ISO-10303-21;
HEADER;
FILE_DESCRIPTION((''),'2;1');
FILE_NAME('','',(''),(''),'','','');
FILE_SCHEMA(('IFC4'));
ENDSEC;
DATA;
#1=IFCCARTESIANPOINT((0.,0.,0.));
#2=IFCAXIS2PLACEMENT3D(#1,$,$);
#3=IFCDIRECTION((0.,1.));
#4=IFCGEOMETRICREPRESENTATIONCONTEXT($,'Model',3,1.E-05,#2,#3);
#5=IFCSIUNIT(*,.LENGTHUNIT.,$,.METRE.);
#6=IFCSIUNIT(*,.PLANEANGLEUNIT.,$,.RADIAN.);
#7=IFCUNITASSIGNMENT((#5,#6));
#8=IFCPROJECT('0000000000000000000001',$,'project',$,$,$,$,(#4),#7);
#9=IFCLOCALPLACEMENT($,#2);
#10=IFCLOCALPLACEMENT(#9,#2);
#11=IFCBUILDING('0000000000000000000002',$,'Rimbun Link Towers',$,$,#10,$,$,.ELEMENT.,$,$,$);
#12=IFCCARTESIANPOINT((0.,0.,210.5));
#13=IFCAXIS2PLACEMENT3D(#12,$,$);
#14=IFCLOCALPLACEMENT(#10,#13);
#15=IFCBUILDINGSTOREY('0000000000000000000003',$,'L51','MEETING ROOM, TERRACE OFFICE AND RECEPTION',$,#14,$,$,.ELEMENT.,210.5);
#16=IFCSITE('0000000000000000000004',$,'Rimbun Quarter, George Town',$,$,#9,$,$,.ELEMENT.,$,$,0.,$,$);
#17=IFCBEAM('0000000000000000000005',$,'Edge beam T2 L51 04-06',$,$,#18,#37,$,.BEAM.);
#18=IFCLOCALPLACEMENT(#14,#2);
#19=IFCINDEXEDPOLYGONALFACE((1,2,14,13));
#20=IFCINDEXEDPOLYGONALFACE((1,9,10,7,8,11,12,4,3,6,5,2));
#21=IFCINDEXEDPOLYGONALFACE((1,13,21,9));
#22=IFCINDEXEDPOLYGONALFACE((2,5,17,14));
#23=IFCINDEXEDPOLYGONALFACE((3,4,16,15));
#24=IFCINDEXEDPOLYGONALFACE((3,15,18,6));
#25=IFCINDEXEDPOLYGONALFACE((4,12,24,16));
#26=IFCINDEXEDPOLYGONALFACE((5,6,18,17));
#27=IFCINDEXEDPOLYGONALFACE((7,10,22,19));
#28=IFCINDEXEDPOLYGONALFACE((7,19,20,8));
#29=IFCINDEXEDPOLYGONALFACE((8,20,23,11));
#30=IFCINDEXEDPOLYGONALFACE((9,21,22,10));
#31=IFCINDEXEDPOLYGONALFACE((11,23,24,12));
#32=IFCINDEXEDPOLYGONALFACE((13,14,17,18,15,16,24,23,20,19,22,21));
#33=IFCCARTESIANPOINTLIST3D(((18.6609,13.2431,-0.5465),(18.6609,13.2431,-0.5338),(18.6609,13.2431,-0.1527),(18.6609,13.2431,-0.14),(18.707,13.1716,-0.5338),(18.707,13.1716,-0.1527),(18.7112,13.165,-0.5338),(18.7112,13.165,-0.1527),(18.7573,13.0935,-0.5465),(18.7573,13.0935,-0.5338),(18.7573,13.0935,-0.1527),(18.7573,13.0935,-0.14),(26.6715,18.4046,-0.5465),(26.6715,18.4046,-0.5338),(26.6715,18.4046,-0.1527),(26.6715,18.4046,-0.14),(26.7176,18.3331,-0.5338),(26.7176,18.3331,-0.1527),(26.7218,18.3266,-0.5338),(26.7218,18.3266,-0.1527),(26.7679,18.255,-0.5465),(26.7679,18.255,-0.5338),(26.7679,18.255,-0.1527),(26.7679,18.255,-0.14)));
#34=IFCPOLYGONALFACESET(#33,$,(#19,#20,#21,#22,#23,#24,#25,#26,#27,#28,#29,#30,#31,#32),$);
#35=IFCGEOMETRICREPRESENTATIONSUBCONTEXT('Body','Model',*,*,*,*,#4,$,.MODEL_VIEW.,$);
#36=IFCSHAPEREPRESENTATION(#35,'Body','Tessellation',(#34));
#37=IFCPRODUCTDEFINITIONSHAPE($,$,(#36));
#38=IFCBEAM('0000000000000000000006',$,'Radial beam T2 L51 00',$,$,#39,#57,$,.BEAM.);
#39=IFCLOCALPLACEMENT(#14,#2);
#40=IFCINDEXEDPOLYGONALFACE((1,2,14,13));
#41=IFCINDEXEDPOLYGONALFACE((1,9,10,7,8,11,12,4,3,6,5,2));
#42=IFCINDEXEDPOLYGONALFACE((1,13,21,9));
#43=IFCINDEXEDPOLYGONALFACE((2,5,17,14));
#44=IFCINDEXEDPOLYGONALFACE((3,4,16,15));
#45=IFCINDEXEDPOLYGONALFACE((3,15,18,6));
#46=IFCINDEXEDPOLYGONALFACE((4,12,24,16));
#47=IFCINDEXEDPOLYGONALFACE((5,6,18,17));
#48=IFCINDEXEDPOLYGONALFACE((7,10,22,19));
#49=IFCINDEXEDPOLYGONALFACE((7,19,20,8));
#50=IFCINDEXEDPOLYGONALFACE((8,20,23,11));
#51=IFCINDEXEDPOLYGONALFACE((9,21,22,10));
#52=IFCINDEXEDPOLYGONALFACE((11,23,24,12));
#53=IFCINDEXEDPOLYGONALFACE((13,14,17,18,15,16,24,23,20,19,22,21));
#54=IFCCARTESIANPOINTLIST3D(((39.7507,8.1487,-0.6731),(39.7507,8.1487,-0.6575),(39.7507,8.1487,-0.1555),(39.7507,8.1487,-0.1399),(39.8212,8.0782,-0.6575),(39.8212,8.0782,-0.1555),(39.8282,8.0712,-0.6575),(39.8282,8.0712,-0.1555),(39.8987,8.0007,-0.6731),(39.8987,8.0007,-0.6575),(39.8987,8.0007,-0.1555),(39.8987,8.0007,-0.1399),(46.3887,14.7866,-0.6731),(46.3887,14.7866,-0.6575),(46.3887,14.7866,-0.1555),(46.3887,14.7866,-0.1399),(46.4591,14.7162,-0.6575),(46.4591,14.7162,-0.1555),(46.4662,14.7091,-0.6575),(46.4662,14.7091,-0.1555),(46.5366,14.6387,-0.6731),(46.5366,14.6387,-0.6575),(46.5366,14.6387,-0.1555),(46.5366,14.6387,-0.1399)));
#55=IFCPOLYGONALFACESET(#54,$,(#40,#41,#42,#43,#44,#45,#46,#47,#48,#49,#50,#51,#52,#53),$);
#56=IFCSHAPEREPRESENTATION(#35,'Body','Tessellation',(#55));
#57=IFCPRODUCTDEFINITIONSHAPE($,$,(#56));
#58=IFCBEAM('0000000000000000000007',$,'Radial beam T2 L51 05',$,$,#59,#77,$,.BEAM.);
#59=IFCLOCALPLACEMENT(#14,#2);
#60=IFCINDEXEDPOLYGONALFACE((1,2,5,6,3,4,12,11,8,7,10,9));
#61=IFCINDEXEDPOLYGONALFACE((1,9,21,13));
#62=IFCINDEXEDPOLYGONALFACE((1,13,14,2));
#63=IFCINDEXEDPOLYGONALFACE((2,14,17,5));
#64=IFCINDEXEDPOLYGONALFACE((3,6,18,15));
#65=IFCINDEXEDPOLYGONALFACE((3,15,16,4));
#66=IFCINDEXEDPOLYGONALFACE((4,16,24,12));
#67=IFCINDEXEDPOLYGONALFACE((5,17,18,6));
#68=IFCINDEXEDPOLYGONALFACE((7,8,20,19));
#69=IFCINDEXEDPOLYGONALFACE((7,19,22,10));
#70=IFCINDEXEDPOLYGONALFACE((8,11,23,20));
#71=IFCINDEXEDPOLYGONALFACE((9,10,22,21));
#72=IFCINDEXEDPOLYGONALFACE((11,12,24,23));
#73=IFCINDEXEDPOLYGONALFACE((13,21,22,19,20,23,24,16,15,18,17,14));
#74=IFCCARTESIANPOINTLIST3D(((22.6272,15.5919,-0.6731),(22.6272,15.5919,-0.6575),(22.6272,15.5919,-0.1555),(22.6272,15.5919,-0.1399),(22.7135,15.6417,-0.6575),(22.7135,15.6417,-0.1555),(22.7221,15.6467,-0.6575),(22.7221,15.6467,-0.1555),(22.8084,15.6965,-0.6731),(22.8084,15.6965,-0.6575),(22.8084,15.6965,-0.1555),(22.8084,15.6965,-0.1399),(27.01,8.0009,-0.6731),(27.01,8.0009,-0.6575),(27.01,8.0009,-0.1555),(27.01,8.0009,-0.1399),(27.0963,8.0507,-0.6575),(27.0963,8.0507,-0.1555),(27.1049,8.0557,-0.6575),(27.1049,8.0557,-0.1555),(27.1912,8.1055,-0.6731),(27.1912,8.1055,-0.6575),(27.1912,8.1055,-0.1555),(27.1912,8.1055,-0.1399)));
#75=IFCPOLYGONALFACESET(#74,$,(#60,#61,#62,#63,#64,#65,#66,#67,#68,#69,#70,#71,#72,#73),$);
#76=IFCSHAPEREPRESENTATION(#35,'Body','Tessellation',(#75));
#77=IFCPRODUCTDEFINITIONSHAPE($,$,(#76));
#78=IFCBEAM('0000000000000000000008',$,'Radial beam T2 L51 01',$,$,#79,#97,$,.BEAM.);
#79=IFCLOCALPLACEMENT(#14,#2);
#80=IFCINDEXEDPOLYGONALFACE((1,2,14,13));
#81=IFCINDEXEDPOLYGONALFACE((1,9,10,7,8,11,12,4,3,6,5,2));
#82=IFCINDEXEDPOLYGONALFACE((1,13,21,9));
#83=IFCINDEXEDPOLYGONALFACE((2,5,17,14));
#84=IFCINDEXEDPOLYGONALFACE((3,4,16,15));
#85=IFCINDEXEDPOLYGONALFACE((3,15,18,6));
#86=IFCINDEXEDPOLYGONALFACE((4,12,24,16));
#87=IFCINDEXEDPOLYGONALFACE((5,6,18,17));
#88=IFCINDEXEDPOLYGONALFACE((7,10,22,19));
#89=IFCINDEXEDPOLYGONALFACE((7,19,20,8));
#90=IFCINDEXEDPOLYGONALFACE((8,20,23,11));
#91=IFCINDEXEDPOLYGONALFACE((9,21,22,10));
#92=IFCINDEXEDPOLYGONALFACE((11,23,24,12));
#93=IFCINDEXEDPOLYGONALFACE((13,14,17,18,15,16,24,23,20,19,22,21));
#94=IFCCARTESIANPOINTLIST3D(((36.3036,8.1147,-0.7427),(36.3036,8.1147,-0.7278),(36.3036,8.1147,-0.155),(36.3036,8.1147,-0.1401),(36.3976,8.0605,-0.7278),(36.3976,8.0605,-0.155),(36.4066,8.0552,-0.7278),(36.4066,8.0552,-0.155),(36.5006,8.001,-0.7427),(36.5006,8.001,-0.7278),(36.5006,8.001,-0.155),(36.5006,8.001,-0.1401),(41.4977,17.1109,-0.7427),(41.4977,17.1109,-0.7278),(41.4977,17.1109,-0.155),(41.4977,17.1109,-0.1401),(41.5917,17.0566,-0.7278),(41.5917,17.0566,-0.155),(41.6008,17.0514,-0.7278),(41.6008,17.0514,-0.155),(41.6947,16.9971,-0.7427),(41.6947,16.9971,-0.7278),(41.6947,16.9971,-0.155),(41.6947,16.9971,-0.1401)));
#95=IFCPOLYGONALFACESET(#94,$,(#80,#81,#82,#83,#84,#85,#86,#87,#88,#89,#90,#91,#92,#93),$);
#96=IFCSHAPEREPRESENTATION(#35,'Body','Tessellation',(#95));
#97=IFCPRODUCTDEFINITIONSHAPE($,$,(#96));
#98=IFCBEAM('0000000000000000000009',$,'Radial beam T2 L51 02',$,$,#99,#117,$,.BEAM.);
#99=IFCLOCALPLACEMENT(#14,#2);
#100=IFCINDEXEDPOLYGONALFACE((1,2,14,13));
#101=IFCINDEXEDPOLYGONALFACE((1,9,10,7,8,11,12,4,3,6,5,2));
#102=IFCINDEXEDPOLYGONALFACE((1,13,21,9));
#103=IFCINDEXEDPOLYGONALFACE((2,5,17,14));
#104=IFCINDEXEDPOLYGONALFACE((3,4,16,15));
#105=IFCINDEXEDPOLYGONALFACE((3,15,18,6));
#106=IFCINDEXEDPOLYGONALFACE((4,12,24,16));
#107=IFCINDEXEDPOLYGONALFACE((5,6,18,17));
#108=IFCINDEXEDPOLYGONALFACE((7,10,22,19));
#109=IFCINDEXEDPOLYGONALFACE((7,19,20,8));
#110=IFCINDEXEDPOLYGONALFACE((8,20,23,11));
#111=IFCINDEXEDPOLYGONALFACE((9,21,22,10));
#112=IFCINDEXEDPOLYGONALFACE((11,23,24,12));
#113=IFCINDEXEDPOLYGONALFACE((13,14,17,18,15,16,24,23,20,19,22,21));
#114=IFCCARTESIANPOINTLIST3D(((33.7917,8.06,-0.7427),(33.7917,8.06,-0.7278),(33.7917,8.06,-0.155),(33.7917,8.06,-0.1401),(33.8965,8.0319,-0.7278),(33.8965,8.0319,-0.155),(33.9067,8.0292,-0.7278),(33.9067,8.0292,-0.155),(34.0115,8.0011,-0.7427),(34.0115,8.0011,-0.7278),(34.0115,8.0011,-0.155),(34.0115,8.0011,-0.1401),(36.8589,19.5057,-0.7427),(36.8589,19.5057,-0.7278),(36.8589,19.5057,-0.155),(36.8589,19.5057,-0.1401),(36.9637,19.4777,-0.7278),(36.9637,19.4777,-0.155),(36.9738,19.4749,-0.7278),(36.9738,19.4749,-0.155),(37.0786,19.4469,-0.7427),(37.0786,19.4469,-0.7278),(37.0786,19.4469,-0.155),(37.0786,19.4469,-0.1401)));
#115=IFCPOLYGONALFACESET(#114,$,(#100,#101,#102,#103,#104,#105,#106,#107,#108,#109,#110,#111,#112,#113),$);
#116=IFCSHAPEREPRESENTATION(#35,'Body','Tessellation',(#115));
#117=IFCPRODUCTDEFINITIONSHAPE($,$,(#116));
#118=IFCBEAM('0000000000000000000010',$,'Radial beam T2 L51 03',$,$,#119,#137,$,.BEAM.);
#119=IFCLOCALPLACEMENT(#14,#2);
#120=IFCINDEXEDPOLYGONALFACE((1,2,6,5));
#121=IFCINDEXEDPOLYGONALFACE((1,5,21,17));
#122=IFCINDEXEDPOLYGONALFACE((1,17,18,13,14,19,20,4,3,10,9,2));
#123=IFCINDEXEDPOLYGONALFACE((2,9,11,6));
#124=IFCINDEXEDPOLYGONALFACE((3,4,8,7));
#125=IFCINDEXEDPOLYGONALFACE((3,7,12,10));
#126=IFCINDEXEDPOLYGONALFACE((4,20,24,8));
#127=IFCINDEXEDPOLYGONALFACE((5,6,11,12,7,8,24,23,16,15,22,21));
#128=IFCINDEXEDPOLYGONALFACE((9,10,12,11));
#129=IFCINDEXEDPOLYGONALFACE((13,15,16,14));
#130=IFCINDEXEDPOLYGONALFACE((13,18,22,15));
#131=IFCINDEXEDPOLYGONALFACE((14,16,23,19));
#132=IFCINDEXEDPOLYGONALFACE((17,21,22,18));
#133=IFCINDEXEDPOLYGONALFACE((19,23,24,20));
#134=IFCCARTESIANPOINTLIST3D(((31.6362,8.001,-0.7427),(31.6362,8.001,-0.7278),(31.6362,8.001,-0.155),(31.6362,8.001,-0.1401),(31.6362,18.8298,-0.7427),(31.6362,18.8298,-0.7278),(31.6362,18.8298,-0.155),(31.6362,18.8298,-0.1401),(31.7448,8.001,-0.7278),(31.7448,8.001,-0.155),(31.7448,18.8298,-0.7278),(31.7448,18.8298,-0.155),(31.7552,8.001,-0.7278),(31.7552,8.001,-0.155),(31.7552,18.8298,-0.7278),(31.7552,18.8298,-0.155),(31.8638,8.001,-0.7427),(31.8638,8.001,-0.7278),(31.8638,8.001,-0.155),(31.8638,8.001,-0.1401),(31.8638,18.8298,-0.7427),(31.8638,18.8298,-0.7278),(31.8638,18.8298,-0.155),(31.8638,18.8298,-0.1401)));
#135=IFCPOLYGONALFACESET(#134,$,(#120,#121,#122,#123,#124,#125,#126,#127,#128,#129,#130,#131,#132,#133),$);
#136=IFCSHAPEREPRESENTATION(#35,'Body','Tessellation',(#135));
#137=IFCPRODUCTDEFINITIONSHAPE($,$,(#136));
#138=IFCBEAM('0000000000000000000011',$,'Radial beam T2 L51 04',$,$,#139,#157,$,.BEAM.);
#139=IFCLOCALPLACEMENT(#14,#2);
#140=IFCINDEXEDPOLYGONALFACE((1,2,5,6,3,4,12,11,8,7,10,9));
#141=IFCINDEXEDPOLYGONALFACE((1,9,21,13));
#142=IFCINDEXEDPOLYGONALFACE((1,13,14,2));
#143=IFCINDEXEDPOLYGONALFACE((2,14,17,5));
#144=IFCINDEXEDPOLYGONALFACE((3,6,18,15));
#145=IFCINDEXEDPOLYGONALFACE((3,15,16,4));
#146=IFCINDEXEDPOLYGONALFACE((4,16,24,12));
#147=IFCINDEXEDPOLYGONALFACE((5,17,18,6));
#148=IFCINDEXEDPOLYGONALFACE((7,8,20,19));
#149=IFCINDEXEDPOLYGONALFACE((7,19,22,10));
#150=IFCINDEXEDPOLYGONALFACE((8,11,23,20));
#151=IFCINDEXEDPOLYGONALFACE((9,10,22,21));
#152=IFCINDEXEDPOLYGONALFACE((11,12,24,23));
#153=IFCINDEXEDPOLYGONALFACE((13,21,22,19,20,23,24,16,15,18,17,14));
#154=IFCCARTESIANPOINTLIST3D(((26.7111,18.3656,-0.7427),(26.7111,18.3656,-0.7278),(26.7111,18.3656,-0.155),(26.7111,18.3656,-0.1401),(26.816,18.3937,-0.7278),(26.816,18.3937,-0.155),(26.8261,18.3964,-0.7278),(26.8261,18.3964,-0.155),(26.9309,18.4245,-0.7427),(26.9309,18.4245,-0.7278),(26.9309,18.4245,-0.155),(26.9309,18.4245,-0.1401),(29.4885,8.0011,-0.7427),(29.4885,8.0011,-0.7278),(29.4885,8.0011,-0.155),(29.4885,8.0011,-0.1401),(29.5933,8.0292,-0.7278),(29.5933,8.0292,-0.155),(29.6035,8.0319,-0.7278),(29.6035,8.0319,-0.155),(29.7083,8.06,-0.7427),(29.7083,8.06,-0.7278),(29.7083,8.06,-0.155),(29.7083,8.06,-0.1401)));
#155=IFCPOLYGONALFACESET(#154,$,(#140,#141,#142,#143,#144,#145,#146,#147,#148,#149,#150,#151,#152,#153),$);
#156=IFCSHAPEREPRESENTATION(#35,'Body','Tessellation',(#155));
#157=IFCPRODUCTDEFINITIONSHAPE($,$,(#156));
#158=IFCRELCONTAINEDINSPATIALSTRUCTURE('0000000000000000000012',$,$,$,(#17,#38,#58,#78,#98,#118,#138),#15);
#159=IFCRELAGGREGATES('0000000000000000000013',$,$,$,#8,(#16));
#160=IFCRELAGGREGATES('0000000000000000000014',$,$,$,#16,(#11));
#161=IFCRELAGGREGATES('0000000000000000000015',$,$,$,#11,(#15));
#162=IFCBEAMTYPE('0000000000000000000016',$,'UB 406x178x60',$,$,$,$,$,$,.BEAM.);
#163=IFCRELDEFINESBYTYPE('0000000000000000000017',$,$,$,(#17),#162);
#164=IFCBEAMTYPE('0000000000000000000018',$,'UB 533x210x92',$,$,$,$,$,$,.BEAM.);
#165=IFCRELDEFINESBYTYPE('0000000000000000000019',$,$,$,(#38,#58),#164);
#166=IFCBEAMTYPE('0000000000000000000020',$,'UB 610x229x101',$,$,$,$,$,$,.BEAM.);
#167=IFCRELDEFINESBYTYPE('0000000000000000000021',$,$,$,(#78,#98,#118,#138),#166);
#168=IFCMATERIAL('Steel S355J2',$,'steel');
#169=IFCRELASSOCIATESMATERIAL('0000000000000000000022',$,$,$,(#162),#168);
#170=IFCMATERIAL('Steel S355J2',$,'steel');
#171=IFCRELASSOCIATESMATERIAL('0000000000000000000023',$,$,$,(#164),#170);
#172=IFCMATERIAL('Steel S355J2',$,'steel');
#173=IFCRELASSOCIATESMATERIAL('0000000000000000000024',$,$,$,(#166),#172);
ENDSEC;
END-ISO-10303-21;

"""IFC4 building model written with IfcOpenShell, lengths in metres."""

from ifc_helpers import new_model, si_unit, direction, frame, origin, origin_2d, place, context, subcontext, project, spatial, i_section, extrude, material, material_profile, profile_set, type_object, element, save


model = new_model("IFC4")

# Units and contexts
model_context = context("Model", 3, precision=1e-05, world=origin(), true_north=direction((0.0, 1.0)))
body_context = subcontext(model_context, "Body", "Model", "MODEL_VIEW")
ifc_project = project(units=[si_unit("LENGTHUNIT", "METRE"), si_unit("PLANEANGLEUNIT", "RADIAN")], contexts=[model_context])

# Site, building, storey
site_placement = place(None, origin())
site = spatial("IfcSite", under=ifc_project, at=site_placement, Name="Rimbun Quarter, George Town", CompositionType="ELEMENT", RefElevation=0.0)
building_placement = place(site_placement, origin())
building = spatial("IfcBuilding", under=site, at=building_placement, Name="Rimbun Link Towers", CompositionType="ELEMENT")
storey_placement = place(building_placement, frame((0.0, 0.0, 210.5)))
storey = spatial("IfcBuildingStorey", under=building, at=storey_placement, Name="L51", Description="MEETING ROOM, TERRACE OFFICE AND RECEPTION", CompositionType="ELEMENT", Elevation=210.5)

# Beams
ifc_material_1 = material(Name="Steel S355J2", Category="steel")
ifc_material_profile_1 = material_profile(ifc_material_1, i_section(OverallWidth=0.178, OverallDepth=0.4065, WebThickness=0.0078, FlangeThickness=0.0127, at=origin_2d()), Name="UB 406x178x60")
ifc_profile_set_1 = profile_set([ifc_material_profile_1], Name="Steel S355J2")
beam_type_1 = type_object("IfcBeamType", Name="UB 406x178x60", PredefinedType="BEAM", material=ifc_profile_set_1)
beam_1_placement = place(storey_placement, frame((26.7197, 18.3298, -0.3433), z_axis=(-0.840612, -0.541638, 0.0), x_axis=(0.541638, -0.840612, 0.0)))
element("IfcBeam", 1, at=beam_1_placement, inside=storey, type_object=beam_type_1, Name="Edge beam T2 L51 04-06", PredefinedType="BEAM", context=body_context, shape_type="SweptSolid", body=[
    extrude(i_section(OverallWidth=0.178, OverallDepth=0.4065, WebThickness=0.0078, FlangeThickness=0.0127, at=origin_2d()), origin(), (0.0, 0.0, 1.0), 9.5295),
])
ifc_material_2 = material(Name="Steel S355J2", Category="steel")
ifc_material_profile_2 = material_profile(ifc_material_2, i_section(OverallWidth=0.2092, OverallDepth=0.5332, WebThickness=0.01, FlangeThickness=0.0156, at=origin_2d()), Name="UB 533x210x92")
ifc_profile_set_2 = profile_set([ifc_material_profile_2], Name="Steel S355J2")
beam_type_2 = type_object("IfcBeamType", Name="UB 533x210x92", PredefinedType="BEAM", material=ifc_profile_set_2)
beam_2_placement = place(storey_placement, frame((39.8247, 8.0747, -0.4065), z_axis=(0.707107, 0.707107, 0.0), x_axis=(-0.707107, 0.707107, 0.0)))
element("IfcBeam", 2, at=beam_2_placement, inside=storey, type_object=beam_type_2, Name="Radial beam T2 L51 00", PredefinedType="BEAM", context=body_context, shape_type="SweptSolid", body=[
    extrude(i_section(OverallWidth=0.2092, OverallDepth=0.5332, WebThickness=0.01, FlangeThickness=0.0156, at=origin_2d()), origin(), (0.0, 0.0, 1.0), 9.3875),
])
beam_3_placement = place(storey_placement, frame((27.1006, 8.0532, -0.4065), z_axis=(-0.500009, 0.86602, 0.0), x_axis=(-0.86602, -0.500009, 0.0)))
element("IfcBeam", 3, at=beam_3_placement, inside=storey, type_object=beam_type_2, Name="Radial beam T2 L51 05", PredefinedType="BEAM", context=body_context, shape_type="SweptSolid", body=[
    extrude(i_section(OverallWidth=0.2092, OverallDepth=0.5332, WebThickness=0.01, FlangeThickness=0.0156, at=origin_2d()), origin(), (0.0, 0.0, 1.0), 8.7654),
])
ifc_material_3 = material(Name="Steel S355J2", Category="steel")
ifc_material_profile_3 = material_profile(ifc_material_3, i_section(OverallWidth=0.2275, OverallDepth=0.6025, WebThickness=0.0105, FlangeThickness=0.0149, at=origin_2d()), Name="UB 610x229x101")
ifc_profile_set_3 = profile_set([ifc_material_profile_3], Name="Steel S355J2")
beam_type_3 = type_object("IfcBeamType", Name="UB 610x229x101", PredefinedType="BEAM", material=ifc_profile_set_3)
beam_4_placement = place(storey_placement, frame((36.4021, 8.0579, -0.4414), z_axis=(0.500014, 0.866017, 0.0), x_axis=(-0.866017, 0.500014, 0.0)))
element("IfcBeam", 4, at=beam_4_placement, inside=storey, type_object=beam_type_3, Name="Radial beam T2 L51 01", PredefinedType="BEAM", context=body_context, shape_type="SweptSolid", body=[
    extrude(i_section(OverallWidth=0.2275, OverallDepth=0.6025, WebThickness=0.0105, FlangeThickness=0.0149, at=origin_2d()), origin(), (0.0, 0.0, 1.0), 10.3879),
])
beam_5_placement = place(storey_placement, frame((33.9016, 8.0305, -0.4414), z_axis=(0.258838, 0.965921, 0.0), x_axis=(-0.965921, 0.258838, 0.0)))
element("IfcBeam", 5, at=beam_5_placement, inside=storey, type_object=beam_type_3, Name="Radial beam T2 L51 02", PredefinedType="BEAM", context=body_context, shape_type="SweptSolid", body=[
    extrude(i_section(OverallWidth=0.2275, OverallDepth=0.6025, WebThickness=0.0105, FlangeThickness=0.0149, at=origin_2d()), origin(), (0.0, 0.0, 1.0), 11.8496),
])
beam_6_placement = place(storey_placement, frame((31.75, 8.001, -0.4414), z_axis=(0.0, 1.0, 0.0), x_axis=(-1.0, 0.0, 0.0)))
element("IfcBeam", 6, at=beam_6_placement, inside=storey, type_object=beam_type_3, Name="Radial beam T2 L51 03", PredefinedType="BEAM", context=body_context, shape_type="SweptSolid", body=[
    extrude(i_section(OverallWidth=0.2275, OverallDepth=0.6025, WebThickness=0.0105, FlangeThickness=0.0149, at=origin_2d()), origin(), (0.0, 0.0, 1.0), 10.8289),
])
beam_7_placement = place(storey_placement, frame((29.5984, 8.0305, -0.4414), z_axis=(-0.258835, 0.965922, 0.0), x_axis=(-0.965922, -0.258835, 0.0)))
element("IfcBeam", 7, at=beam_7_placement, inside=storey, type_object=beam_type_3, Name="Radial beam T2 L51 04", PredefinedType="BEAM", context=body_context, shape_type="SweptSolid", body=[
    extrude(i_section(OverallWidth=0.2275, OverallDepth=0.6025, WebThickness=0.0105, FlangeThickness=0.0149, at=origin_2d()), origin(), (0.0, 0.0, 1.0), 10.7302),
])

save(model, "model.ifc")
